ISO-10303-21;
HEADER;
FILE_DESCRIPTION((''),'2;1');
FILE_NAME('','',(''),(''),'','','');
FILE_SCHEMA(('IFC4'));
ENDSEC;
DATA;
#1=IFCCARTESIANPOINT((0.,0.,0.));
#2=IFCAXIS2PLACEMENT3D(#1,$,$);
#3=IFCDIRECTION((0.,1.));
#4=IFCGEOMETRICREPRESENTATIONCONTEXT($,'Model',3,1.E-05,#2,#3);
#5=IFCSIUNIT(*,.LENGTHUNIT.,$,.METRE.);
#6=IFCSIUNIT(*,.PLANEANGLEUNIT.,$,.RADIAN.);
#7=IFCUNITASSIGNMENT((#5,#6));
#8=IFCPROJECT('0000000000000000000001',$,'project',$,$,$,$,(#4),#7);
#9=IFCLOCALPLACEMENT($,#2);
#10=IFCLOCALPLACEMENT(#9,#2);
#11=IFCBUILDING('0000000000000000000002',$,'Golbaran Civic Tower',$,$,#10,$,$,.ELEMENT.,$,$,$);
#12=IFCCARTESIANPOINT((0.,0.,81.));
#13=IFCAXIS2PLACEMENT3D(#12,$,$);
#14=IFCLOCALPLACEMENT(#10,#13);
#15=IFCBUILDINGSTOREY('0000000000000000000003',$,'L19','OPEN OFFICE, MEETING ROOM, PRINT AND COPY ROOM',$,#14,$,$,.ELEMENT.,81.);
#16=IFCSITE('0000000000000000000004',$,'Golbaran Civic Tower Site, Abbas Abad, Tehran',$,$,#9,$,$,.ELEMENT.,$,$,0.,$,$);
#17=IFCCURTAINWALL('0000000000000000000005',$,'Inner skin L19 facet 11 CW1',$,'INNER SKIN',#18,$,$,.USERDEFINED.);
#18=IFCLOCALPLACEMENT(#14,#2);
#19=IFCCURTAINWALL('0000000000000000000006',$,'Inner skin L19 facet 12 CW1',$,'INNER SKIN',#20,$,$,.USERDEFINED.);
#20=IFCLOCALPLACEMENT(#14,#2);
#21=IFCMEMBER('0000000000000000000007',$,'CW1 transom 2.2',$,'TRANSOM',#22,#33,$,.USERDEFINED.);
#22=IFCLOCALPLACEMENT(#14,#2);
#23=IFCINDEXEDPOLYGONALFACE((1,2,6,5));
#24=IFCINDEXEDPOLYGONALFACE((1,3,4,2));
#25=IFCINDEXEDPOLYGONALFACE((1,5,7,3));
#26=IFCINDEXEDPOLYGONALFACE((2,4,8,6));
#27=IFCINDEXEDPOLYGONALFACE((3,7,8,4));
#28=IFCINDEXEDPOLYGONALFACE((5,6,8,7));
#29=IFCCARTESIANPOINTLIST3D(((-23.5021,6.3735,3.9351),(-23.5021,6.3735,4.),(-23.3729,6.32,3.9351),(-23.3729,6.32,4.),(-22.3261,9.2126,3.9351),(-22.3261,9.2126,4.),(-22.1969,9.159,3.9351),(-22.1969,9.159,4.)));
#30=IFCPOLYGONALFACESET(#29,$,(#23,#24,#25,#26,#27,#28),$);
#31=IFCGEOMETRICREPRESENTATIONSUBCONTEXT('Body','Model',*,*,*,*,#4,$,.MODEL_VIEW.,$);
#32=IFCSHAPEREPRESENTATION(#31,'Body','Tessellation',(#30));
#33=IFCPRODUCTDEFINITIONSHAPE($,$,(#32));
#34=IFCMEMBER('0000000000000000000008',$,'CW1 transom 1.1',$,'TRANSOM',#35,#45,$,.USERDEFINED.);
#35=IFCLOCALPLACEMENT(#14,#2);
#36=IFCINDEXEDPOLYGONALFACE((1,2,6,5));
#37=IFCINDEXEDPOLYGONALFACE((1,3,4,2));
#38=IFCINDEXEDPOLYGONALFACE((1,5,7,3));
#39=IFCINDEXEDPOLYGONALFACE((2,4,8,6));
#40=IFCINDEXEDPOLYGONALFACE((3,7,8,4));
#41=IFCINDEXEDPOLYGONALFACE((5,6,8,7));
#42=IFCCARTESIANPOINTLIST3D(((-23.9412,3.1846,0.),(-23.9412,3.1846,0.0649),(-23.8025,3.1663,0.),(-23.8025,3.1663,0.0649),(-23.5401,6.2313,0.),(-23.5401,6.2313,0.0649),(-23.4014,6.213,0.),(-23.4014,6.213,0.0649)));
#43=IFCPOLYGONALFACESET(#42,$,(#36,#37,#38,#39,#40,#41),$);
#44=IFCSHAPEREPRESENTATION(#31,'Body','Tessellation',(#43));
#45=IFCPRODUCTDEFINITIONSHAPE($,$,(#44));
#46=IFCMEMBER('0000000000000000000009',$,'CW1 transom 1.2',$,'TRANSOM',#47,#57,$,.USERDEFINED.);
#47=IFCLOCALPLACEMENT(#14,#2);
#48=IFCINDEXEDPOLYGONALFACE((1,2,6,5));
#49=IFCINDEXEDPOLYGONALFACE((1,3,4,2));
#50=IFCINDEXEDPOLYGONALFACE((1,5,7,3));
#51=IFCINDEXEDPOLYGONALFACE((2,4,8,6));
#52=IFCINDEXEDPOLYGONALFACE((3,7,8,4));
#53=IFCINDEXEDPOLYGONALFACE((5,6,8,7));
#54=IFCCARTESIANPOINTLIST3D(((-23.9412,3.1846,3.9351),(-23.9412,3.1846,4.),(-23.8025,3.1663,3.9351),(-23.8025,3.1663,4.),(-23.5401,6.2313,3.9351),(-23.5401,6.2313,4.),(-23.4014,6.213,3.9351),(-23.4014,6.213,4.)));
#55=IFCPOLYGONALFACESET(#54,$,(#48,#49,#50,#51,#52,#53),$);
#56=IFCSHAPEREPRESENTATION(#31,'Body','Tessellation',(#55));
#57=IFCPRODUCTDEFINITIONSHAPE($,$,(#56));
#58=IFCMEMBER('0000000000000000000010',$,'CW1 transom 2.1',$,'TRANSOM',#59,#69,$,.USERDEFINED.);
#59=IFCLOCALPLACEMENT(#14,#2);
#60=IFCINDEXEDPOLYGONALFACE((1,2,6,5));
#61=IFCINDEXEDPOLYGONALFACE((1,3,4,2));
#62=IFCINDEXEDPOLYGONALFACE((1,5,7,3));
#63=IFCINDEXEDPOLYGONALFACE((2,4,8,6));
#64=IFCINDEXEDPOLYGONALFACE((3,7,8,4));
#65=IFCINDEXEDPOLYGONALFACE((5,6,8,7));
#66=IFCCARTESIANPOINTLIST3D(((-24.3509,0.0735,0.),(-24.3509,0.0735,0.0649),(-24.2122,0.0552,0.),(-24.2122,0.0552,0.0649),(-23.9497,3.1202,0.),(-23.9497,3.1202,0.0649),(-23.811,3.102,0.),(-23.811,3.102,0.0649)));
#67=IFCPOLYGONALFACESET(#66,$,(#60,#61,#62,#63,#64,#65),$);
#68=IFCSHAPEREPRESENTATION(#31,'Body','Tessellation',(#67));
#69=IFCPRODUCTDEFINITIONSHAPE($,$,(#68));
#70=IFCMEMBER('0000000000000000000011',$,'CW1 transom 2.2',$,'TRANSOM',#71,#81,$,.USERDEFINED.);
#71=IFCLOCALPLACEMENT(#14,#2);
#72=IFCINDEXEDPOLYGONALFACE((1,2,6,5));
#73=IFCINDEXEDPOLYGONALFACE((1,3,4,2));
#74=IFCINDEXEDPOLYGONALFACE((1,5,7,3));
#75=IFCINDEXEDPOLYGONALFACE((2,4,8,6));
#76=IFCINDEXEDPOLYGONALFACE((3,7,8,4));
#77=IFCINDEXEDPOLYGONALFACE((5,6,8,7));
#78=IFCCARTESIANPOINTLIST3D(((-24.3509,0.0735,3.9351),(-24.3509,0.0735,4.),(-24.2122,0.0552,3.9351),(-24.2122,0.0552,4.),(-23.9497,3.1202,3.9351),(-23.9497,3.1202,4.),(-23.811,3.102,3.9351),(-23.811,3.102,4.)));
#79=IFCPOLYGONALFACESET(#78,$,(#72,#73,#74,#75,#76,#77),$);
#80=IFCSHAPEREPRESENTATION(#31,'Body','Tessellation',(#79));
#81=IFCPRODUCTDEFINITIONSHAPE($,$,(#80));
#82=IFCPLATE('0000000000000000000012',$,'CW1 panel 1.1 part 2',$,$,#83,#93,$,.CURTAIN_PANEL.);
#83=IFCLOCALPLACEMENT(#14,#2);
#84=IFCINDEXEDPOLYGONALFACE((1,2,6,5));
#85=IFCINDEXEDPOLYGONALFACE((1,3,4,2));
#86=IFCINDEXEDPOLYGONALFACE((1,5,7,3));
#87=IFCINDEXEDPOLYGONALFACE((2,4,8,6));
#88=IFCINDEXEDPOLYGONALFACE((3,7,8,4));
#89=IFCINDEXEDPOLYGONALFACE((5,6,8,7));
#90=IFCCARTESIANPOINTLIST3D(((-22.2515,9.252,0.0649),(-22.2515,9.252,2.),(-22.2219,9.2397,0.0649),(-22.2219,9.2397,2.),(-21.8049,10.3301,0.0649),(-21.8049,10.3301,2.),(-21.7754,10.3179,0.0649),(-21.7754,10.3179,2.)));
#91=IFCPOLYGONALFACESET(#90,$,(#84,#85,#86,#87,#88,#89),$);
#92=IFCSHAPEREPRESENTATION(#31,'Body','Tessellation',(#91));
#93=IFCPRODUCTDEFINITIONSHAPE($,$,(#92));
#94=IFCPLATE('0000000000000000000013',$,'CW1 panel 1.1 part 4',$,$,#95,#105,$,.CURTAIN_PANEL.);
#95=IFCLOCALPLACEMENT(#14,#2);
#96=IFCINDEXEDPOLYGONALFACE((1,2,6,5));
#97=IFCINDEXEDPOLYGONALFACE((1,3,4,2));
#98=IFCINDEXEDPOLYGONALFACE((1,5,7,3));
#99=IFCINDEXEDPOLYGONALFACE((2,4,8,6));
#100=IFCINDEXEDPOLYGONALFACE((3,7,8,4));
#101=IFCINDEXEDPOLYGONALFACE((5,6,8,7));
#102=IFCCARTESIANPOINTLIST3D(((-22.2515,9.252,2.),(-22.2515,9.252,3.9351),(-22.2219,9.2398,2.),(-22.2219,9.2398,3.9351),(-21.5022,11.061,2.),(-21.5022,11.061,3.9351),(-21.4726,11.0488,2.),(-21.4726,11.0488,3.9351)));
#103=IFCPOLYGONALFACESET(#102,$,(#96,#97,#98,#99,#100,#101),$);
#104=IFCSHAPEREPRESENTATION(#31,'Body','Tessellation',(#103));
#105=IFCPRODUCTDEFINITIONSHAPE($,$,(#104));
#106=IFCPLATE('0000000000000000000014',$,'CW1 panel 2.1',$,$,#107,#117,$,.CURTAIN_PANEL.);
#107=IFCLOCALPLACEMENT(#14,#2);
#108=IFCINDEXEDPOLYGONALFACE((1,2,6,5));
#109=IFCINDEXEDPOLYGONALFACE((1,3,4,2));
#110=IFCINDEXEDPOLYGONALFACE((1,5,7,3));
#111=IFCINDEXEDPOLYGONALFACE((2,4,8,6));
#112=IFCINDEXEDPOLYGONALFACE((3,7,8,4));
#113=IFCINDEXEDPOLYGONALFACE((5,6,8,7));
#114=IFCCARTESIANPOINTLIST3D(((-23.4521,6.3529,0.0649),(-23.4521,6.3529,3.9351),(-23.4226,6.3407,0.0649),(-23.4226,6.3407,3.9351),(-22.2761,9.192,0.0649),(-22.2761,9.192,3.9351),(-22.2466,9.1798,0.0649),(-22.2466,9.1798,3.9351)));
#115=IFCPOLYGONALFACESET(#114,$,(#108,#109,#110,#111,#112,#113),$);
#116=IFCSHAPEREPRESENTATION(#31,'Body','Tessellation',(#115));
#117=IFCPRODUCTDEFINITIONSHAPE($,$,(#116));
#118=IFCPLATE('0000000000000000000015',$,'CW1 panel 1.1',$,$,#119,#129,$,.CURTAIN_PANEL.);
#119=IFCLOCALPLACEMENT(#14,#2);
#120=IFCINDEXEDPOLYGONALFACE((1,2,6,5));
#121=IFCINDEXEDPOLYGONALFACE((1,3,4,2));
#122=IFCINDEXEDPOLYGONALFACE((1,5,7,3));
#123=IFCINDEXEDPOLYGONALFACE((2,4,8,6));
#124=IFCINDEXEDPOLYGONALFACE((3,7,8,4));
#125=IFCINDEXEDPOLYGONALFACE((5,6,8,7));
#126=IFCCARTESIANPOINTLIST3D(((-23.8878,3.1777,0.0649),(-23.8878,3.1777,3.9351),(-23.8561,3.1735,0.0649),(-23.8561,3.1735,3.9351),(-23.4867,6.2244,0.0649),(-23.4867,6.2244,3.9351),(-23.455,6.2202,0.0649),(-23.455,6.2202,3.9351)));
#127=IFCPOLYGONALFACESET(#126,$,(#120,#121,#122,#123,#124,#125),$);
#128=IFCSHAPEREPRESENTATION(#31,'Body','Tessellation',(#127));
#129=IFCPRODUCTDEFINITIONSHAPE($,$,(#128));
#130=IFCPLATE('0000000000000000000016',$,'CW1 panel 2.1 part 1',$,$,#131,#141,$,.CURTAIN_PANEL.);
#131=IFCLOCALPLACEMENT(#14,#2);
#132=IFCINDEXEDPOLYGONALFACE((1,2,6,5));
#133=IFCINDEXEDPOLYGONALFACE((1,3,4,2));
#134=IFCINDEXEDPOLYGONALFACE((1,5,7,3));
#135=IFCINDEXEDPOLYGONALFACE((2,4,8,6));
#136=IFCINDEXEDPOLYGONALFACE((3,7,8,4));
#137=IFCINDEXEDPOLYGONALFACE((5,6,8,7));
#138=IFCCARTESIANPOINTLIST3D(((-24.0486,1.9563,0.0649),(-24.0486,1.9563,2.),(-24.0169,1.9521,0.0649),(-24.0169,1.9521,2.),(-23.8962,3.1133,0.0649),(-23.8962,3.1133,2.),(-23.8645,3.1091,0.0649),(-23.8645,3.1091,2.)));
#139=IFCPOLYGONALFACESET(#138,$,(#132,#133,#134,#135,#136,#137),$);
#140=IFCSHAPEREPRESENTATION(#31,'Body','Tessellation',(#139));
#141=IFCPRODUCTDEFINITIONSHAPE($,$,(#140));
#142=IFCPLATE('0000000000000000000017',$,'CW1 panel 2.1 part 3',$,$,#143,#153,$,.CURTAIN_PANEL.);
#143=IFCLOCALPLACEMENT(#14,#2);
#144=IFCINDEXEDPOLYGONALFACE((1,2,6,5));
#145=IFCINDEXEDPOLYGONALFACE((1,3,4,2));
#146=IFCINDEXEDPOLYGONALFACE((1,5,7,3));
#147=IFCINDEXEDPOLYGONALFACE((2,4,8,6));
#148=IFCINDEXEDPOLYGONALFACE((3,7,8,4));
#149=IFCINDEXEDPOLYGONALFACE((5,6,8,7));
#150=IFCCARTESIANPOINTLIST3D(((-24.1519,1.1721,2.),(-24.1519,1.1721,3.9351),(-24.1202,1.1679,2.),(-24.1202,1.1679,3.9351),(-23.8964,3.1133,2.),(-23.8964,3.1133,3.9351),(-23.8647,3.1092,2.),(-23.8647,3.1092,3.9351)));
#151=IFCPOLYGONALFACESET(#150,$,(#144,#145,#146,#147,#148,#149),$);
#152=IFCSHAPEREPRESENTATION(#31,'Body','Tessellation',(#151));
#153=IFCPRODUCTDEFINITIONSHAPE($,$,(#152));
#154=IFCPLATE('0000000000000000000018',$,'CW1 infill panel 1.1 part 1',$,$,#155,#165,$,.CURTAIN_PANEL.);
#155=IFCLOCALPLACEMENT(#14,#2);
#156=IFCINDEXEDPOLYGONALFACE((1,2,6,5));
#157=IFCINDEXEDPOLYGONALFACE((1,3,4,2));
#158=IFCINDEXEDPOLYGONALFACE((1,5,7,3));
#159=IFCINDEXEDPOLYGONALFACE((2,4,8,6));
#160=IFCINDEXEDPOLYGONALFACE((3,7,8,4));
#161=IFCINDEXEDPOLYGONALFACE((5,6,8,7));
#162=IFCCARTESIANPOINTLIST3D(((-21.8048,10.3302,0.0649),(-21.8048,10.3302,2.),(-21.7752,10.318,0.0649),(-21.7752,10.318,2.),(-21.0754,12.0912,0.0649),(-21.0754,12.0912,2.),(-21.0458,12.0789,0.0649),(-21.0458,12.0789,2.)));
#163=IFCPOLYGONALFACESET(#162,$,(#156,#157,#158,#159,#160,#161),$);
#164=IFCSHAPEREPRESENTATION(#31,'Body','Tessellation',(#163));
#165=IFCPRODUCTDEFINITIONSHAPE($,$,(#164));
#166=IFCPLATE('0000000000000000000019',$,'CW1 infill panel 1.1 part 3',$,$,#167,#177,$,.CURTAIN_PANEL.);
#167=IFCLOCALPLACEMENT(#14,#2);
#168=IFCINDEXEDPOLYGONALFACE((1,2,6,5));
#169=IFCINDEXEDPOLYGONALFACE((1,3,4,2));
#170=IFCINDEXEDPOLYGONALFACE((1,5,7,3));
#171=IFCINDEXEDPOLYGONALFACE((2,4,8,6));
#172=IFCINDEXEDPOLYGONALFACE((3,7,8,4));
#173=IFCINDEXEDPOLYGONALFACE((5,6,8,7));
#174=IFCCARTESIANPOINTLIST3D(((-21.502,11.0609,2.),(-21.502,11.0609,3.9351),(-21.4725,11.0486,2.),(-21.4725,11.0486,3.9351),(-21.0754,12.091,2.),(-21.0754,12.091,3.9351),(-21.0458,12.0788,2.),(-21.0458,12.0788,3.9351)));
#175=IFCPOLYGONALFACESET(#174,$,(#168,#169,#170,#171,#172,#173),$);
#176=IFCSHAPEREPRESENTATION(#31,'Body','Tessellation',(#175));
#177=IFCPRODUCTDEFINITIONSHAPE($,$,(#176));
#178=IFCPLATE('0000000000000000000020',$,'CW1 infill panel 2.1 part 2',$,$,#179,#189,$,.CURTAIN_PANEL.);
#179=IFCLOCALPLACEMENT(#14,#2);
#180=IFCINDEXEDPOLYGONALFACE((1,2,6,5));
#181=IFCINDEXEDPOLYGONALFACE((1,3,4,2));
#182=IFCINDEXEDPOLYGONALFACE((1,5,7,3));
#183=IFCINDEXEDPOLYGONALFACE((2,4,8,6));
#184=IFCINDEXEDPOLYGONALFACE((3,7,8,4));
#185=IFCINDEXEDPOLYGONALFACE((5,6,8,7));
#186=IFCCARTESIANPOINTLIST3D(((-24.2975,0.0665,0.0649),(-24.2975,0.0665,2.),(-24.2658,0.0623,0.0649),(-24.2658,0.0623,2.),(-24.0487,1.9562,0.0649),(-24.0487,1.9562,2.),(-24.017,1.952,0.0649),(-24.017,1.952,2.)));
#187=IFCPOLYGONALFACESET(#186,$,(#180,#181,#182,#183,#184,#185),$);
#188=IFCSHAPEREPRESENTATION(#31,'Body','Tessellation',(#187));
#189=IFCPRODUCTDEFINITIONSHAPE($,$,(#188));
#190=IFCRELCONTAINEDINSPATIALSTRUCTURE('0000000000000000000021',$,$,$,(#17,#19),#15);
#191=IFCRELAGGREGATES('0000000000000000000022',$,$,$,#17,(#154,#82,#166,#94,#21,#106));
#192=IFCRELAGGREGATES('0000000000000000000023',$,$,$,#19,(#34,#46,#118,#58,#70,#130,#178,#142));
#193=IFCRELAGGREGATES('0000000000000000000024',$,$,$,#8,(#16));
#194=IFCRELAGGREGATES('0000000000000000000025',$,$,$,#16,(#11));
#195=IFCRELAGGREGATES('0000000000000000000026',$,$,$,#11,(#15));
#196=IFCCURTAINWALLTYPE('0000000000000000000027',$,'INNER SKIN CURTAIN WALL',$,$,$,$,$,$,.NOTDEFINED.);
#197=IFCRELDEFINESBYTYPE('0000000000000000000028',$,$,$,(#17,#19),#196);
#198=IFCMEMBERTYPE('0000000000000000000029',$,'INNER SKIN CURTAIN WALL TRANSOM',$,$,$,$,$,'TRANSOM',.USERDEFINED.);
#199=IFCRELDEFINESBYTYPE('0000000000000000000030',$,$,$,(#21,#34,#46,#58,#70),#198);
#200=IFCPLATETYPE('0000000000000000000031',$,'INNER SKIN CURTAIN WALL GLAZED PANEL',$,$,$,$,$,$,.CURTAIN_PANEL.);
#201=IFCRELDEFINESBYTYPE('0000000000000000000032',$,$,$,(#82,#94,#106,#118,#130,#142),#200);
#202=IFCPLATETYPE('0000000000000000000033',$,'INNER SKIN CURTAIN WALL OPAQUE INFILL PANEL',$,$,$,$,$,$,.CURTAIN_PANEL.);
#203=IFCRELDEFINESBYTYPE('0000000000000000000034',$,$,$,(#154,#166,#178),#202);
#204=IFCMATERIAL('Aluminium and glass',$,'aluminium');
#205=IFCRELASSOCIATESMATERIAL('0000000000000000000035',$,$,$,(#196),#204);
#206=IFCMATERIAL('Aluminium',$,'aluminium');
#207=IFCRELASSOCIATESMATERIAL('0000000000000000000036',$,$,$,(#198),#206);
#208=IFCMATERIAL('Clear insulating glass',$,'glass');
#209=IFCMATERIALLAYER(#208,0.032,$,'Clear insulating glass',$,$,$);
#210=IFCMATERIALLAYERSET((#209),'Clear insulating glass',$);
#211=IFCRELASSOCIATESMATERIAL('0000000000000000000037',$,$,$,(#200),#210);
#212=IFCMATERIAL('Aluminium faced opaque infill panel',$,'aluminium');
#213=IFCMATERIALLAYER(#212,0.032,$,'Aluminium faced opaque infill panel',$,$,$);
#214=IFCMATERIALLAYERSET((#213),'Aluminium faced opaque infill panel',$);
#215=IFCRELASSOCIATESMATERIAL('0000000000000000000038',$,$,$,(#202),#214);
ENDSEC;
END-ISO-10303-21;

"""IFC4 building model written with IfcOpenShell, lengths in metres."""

from ifc_helpers import new_model, si_unit, direction, frame, origin, origin_2d, place, context, subcontext, project, spatial, rectangle, extrude, material, layer, layer_set, material_profile, profile_set, type_object, element, aggregate, save


model = new_model("IFC4")

# Units and contexts
model_context = context("Model", 3, precision=1e-05, world=origin(), true_north=direction((0.0, 1.0)))
body_context = subcontext(model_context, "Body", "Model", "MODEL_VIEW")
ifc_project = project(units=[si_unit("LENGTHUNIT", "METRE"), si_unit("PLANEANGLEUNIT", "RADIAN")], contexts=[model_context])

# Site, building, storey
site_placement = place(None, origin())
site = spatial("IfcSite", under=ifc_project, at=site_placement, Name="Golbaran Civic Tower Site, Abbas Abad, Tehran", CompositionType="ELEMENT", RefElevation=0.0)
building_placement = place(site_placement, origin())
building = spatial("IfcBuilding", under=site, at=building_placement, Name="Golbaran Civic Tower", CompositionType="ELEMENT")
storey_placement = place(building_placement, frame((0.0, 0.0, 81.0)))
storey = spatial("IfcBuildingStorey", under=building, at=storey_placement, Name="L19", Description="OPEN OFFICE, MEETING ROOM, PRINT AND COPY ROOM", CompositionType="ELEMENT", Elevation=81.0)

# Curtain walls
ifc_material_1 = material(Name="Aluminium and glass", Category="aluminium")
curtain_wall_type = type_object("IfcCurtainWallType", Name="INNER SKIN CURTAIN WALL", PredefinedType="NOTDEFINED", material=ifc_material_1)
curtain_wall_1_placement = place(storey_placement, origin())
curtain_wall_1 = element("IfcCurtainWall", 1, at=curtain_wall_1_placement, inside=storey, type_object=curtain_wall_type, Name="Inner skin L19 facet 11 CW1", ObjectType="INNER SKIN", PredefinedType="USERDEFINED")
ifc_material_2 = material(Name="Aluminium", Category="aluminium")
curtain_wall_2_placement = place(storey_placement, origin())
curtain_wall_2 = element("IfcCurtainWall", 2, at=curtain_wall_2_placement, inside=storey, type_object=curtain_wall_type, Name="Inner skin L19 facet 12 CW1", ObjectType="INNER SKIN", PredefinedType="USERDEFINED")

# Members
ifc_material_profile_1 = material_profile(ifc_material_2, rectangle(XDim=0.1399, YDim=0.0649, at=origin_2d()), Name="INNER SKIN CURTAIN WALL TRANSOM")
ifc_profile_set_1 = profile_set([ifc_material_profile_1], Name="Aluminium")
member_type_1 = type_object("IfcMemberType", Name="INNER SKIN CURTAIN WALL TRANSOM", ElementType="TRANSOM", PredefinedType="USERDEFINED", material=ifc_profile_set_1)
member_1_placement = place(storey_placement, frame((-22.2615, 9.1858, 3.9675), z_axis=(-0.382691, -0.923876, 0.0), x_axis=(0.923876, -0.382691, 0.0)))
member_1 = element("IfcMember", 3, at=member_1_placement, type_object=member_type_1, Name="CW1 transom 2.2", ObjectType="TRANSOM", PredefinedType="USERDEFINED", context=body_context, shape_type="SweptSolid", body=[
    extrude(rectangle(XDim=0.1399, YDim=0.0649, at=origin_2d()), origin(), (0.0, 0.0, 1.0), 3.073),
])
member_2_placement = place(storey_placement, frame((-23.4707, 6.2222, 0.0325), z_axis=(-0.130535, -0.991444, 0.0), x_axis=(0.991444, -0.130535, 0.0)))
member_2 = element("IfcMember", 4, at=member_2_placement, type_object=member_type_1, Name="CW1 transom 1.1", ObjectType="TRANSOM", PredefinedType="USERDEFINED", context=body_context, shape_type="SweptSolid", body=[
    extrude(rectangle(XDim=0.1399, YDim=0.0649, at=origin_2d()), origin(), (0.0, 0.0, 1.0), 3.073),
])
member_3_placement = place(storey_placement, frame((-23.4707, 6.2222, 3.9675), z_axis=(-0.130535, -0.991444, 0.0), x_axis=(0.991444, -0.130535, 0.0)))
member_3 = element("IfcMember", 5, at=member_3_placement, type_object=member_type_1, Name="CW1 transom 1.2", ObjectType="TRANSOM", PredefinedType="USERDEFINED", context=body_context, shape_type="SweptSolid", body=[
    extrude(rectangle(XDim=0.1399, YDim=0.0649, at=origin_2d()), origin(), (0.0, 0.0, 1.0), 3.073),
])
member_4_placement = place(storey_placement, frame((-23.8804, 3.1111, 0.0325), z_axis=(-0.130535, -0.991444, 0.0), x_axis=(0.991444, -0.130535, 0.0)))
member_4 = element("IfcMember", 6, at=member_4_placement, type_object=member_type_1, Name="CW1 transom 2.1", ObjectType="TRANSOM", PredefinedType="USERDEFINED", context=body_context, shape_type="SweptSolid", body=[
    extrude(rectangle(XDim=0.1399, YDim=0.0649, at=origin_2d()), origin(), (0.0, 0.0, 1.0), 3.073),
])
member_5_placement = place(storey_placement, frame((-23.8804, 3.1111, 3.9675), z_axis=(-0.130535, -0.991444, 0.0), x_axis=(0.991444, -0.130535, 0.0)))
member_5 = element("IfcMember", 7, at=member_5_placement, type_object=member_type_1, Name="CW1 transom 2.2", ObjectType="TRANSOM", PredefinedType="USERDEFINED", context=body_context, shape_type="SweptSolid", body=[
    extrude(rectangle(XDim=0.1399, YDim=0.0649, at=origin_2d()), origin(), (0.0, 0.0, 1.0), 3.073),
])

# Plates
ifc_material_3 = material(Name="Clear insulating glass", Category="glass")
ifc_layer_1 = layer(ifc_material_3, 0.032, Name="Clear insulating glass")
ifc_layer_set_1 = layer_set([ifc_layer_1], Name="Clear insulating glass")
plate_type_1 = type_object("IfcPlateType", Name="INNER SKIN CURTAIN WALL GLAZED PANEL", PredefinedType="CURTAIN_PANEL", material=ifc_layer_set_1)
plate_1_placement = place(storey_placement, frame((-22.0134, 9.7849, 0.0649), z_axis=(0.0, 0.0, 1.0), x_axis=(-0.382683, -0.92388, 0.0)))
plate_1 = element("IfcPlate", 8, at=plate_1_placement, type_object=plate_type_1, Name="CW1 panel 1.1 part 2", PredefinedType="CURTAIN_PANEL", context=body_context, shape_type="SweptSolid", body=[
    extrude(rectangle(XDim=1.167, YDim=0.032, at=origin_2d()), origin(), (0.0, 0.0, 1.0), 1.9351),
])
plate_2_placement = place(storey_placement, frame((-21.8621, 10.1504, 2.0), z_axis=(0.0, 0.0, 1.0), x_axis=(-0.382683, -0.92388, 0.0)))
plate_2 = element("IfcPlate", 9, at=plate_2_placement, type_object=plate_type_1, Name="CW1 panel 1.1 part 4", PredefinedType="CURTAIN_PANEL", context=body_context, shape_type="SweptSolid", body=[
    extrude(rectangle(XDim=1.958, YDim=0.032, at=origin_2d()), origin(), (0.0, 0.0, 1.0), 1.9351),
])
plate_3_placement = place(storey_placement, frame((-22.8494, 7.7664, 0.0649), z_axis=(0.0, 0.0, 1.0), x_axis=(-0.382683, -0.92388, 0.0)))
plate_3 = element("IfcPlate", 10, at=plate_3_placement, type_object=plate_type_1, Name="CW1 panel 2.1", PredefinedType="CURTAIN_PANEL", context=body_context, shape_type="SweptSolid", body=[
    extrude(rectangle(XDim=3.073, YDim=0.032, at=origin_2d()), origin(), (0.0, 0.0, 1.0), 3.8701),
])
plate_4_placement = place(storey_placement, frame((-23.6714, 4.699, 0.0649), z_axis=(0.0, 0.0, 1.0), x_axis=(-0.130526, -0.991445, 0.0)))
plate_4 = element("IfcPlate", 11, at=plate_4_placement, type_object=plate_type_1, Name="CW1 panel 1.1", PredefinedType="CURTAIN_PANEL", context=body_context, shape_type="SweptSolid", body=[
    extrude(rectangle(XDim=3.073, YDim=0.032, at=origin_2d()), origin(), (0.0, 0.0, 1.0), 3.8701),
])
plate_5_placement = place(storey_placement, frame((-23.9565, 2.5327, 0.0649), z_axis=(0.0, 0.0, 1.0), x_axis=(-0.130526, -0.991445, 0.0)))
plate_5 = element("IfcPlate", 12, at=plate_5_placement, type_object=plate_type_1, Name="CW1 panel 2.1 part 1", PredefinedType="CURTAIN_PANEL", context=body_context, shape_type="SweptSolid", body=[
    extrude(rectangle(XDim=1.167, YDim=0.032, at=origin_2d()), origin(), (0.0, 0.0, 1.0), 1.9351),
])
plate_6_placement = place(storey_placement, frame((-24.0083, 2.1406, 2.0), z_axis=(0.0, 0.0, 1.0), x_axis=(-0.130526, -0.991445, 0.0)))
plate_6 = element("IfcPlate", 13, at=plate_6_placement, type_object=plate_type_1, Name="CW1 panel 2.1 part 3", PredefinedType="CURTAIN_PANEL", context=body_context, shape_type="SweptSolid", body=[
    extrude(rectangle(XDim=1.958, YDim=0.032, at=origin_2d()), origin(), (0.0, 0.0, 1.0), 1.9351),
])
ifc_material_4 = material(Name="Aluminium faced opaque infill panel", Category="aluminium")
ifc_layer_2 = layer(ifc_material_4, 0.032, Name="Aluminium faced opaque infill panel")
ifc_layer_set_2 = layer_set([ifc_layer_2], Name="Aluminium faced opaque infill panel")
plate_type_2 = type_object("IfcPlateType", Name="INNER SKIN CURTAIN WALL OPAQUE INFILL PANEL", PredefinedType="CURTAIN_PANEL", material=ifc_layer_set_2)
plate_7_placement = place(storey_placement, frame((-21.4253, 11.2046, 0.0649), z_axis=(0.0, 0.0, 1.0), x_axis=(-0.382683, -0.92388, 0.0)))
plate_7 = element("IfcPlate", 14, at=plate_7_placement, type_object=plate_type_2, Name="CW1 infill panel 1.1 part 1", PredefinedType="CURTAIN_PANEL", context=body_context, shape_type="SweptSolid", body=[
    extrude(rectangle(XDim=1.906, YDim=0.032, at=origin_2d()), origin(), (0.0, 0.0, 1.0), 1.9351),
])
plate_8_placement = place(storey_placement, frame((-21.2739, 11.5698, 2.0), z_axis=(0.0, 0.0, 1.0), x_axis=(-0.382683, -0.92388, 0.0)))
plate_8 = element("IfcPlate", 15, at=plate_8_placement, type_object=plate_type_2, Name="CW1 infill panel 1.1 part 3", PredefinedType="CURTAIN_PANEL", context=body_context, shape_type="SweptSolid", body=[
    extrude(rectangle(XDim=1.115, YDim=0.032, at=origin_2d()), origin(), (0.0, 0.0, 1.0), 1.9351),
])
aggregate(curtain_wall_1, [plate_7, plate_1, plate_8, plate_2, member_1, plate_3])
plate_9_placement = place(storey_placement, frame((-24.1572, 1.0093, 0.0649), z_axis=(0.0, 0.0, 1.0), x_axis=(-0.130526, -0.991445, 0.0)))
plate_9 = element("IfcPlate", 16, at=plate_9_placement, type_object=plate_type_2, Name="CW1 infill panel 2.1 part 2", PredefinedType="CURTAIN_PANEL", context=body_context, shape_type="SweptSolid", body=[
    extrude(rectangle(XDim=1.906, YDim=0.032, at=origin_2d()), origin(), (0.0, 0.0, 1.0), 1.9351),
])
aggregate(curtain_wall_2, [member_2, member_3, plate_4, member_4, member_5, plate_5, plate_9, plate_6])

save(model, "model.ifc")
